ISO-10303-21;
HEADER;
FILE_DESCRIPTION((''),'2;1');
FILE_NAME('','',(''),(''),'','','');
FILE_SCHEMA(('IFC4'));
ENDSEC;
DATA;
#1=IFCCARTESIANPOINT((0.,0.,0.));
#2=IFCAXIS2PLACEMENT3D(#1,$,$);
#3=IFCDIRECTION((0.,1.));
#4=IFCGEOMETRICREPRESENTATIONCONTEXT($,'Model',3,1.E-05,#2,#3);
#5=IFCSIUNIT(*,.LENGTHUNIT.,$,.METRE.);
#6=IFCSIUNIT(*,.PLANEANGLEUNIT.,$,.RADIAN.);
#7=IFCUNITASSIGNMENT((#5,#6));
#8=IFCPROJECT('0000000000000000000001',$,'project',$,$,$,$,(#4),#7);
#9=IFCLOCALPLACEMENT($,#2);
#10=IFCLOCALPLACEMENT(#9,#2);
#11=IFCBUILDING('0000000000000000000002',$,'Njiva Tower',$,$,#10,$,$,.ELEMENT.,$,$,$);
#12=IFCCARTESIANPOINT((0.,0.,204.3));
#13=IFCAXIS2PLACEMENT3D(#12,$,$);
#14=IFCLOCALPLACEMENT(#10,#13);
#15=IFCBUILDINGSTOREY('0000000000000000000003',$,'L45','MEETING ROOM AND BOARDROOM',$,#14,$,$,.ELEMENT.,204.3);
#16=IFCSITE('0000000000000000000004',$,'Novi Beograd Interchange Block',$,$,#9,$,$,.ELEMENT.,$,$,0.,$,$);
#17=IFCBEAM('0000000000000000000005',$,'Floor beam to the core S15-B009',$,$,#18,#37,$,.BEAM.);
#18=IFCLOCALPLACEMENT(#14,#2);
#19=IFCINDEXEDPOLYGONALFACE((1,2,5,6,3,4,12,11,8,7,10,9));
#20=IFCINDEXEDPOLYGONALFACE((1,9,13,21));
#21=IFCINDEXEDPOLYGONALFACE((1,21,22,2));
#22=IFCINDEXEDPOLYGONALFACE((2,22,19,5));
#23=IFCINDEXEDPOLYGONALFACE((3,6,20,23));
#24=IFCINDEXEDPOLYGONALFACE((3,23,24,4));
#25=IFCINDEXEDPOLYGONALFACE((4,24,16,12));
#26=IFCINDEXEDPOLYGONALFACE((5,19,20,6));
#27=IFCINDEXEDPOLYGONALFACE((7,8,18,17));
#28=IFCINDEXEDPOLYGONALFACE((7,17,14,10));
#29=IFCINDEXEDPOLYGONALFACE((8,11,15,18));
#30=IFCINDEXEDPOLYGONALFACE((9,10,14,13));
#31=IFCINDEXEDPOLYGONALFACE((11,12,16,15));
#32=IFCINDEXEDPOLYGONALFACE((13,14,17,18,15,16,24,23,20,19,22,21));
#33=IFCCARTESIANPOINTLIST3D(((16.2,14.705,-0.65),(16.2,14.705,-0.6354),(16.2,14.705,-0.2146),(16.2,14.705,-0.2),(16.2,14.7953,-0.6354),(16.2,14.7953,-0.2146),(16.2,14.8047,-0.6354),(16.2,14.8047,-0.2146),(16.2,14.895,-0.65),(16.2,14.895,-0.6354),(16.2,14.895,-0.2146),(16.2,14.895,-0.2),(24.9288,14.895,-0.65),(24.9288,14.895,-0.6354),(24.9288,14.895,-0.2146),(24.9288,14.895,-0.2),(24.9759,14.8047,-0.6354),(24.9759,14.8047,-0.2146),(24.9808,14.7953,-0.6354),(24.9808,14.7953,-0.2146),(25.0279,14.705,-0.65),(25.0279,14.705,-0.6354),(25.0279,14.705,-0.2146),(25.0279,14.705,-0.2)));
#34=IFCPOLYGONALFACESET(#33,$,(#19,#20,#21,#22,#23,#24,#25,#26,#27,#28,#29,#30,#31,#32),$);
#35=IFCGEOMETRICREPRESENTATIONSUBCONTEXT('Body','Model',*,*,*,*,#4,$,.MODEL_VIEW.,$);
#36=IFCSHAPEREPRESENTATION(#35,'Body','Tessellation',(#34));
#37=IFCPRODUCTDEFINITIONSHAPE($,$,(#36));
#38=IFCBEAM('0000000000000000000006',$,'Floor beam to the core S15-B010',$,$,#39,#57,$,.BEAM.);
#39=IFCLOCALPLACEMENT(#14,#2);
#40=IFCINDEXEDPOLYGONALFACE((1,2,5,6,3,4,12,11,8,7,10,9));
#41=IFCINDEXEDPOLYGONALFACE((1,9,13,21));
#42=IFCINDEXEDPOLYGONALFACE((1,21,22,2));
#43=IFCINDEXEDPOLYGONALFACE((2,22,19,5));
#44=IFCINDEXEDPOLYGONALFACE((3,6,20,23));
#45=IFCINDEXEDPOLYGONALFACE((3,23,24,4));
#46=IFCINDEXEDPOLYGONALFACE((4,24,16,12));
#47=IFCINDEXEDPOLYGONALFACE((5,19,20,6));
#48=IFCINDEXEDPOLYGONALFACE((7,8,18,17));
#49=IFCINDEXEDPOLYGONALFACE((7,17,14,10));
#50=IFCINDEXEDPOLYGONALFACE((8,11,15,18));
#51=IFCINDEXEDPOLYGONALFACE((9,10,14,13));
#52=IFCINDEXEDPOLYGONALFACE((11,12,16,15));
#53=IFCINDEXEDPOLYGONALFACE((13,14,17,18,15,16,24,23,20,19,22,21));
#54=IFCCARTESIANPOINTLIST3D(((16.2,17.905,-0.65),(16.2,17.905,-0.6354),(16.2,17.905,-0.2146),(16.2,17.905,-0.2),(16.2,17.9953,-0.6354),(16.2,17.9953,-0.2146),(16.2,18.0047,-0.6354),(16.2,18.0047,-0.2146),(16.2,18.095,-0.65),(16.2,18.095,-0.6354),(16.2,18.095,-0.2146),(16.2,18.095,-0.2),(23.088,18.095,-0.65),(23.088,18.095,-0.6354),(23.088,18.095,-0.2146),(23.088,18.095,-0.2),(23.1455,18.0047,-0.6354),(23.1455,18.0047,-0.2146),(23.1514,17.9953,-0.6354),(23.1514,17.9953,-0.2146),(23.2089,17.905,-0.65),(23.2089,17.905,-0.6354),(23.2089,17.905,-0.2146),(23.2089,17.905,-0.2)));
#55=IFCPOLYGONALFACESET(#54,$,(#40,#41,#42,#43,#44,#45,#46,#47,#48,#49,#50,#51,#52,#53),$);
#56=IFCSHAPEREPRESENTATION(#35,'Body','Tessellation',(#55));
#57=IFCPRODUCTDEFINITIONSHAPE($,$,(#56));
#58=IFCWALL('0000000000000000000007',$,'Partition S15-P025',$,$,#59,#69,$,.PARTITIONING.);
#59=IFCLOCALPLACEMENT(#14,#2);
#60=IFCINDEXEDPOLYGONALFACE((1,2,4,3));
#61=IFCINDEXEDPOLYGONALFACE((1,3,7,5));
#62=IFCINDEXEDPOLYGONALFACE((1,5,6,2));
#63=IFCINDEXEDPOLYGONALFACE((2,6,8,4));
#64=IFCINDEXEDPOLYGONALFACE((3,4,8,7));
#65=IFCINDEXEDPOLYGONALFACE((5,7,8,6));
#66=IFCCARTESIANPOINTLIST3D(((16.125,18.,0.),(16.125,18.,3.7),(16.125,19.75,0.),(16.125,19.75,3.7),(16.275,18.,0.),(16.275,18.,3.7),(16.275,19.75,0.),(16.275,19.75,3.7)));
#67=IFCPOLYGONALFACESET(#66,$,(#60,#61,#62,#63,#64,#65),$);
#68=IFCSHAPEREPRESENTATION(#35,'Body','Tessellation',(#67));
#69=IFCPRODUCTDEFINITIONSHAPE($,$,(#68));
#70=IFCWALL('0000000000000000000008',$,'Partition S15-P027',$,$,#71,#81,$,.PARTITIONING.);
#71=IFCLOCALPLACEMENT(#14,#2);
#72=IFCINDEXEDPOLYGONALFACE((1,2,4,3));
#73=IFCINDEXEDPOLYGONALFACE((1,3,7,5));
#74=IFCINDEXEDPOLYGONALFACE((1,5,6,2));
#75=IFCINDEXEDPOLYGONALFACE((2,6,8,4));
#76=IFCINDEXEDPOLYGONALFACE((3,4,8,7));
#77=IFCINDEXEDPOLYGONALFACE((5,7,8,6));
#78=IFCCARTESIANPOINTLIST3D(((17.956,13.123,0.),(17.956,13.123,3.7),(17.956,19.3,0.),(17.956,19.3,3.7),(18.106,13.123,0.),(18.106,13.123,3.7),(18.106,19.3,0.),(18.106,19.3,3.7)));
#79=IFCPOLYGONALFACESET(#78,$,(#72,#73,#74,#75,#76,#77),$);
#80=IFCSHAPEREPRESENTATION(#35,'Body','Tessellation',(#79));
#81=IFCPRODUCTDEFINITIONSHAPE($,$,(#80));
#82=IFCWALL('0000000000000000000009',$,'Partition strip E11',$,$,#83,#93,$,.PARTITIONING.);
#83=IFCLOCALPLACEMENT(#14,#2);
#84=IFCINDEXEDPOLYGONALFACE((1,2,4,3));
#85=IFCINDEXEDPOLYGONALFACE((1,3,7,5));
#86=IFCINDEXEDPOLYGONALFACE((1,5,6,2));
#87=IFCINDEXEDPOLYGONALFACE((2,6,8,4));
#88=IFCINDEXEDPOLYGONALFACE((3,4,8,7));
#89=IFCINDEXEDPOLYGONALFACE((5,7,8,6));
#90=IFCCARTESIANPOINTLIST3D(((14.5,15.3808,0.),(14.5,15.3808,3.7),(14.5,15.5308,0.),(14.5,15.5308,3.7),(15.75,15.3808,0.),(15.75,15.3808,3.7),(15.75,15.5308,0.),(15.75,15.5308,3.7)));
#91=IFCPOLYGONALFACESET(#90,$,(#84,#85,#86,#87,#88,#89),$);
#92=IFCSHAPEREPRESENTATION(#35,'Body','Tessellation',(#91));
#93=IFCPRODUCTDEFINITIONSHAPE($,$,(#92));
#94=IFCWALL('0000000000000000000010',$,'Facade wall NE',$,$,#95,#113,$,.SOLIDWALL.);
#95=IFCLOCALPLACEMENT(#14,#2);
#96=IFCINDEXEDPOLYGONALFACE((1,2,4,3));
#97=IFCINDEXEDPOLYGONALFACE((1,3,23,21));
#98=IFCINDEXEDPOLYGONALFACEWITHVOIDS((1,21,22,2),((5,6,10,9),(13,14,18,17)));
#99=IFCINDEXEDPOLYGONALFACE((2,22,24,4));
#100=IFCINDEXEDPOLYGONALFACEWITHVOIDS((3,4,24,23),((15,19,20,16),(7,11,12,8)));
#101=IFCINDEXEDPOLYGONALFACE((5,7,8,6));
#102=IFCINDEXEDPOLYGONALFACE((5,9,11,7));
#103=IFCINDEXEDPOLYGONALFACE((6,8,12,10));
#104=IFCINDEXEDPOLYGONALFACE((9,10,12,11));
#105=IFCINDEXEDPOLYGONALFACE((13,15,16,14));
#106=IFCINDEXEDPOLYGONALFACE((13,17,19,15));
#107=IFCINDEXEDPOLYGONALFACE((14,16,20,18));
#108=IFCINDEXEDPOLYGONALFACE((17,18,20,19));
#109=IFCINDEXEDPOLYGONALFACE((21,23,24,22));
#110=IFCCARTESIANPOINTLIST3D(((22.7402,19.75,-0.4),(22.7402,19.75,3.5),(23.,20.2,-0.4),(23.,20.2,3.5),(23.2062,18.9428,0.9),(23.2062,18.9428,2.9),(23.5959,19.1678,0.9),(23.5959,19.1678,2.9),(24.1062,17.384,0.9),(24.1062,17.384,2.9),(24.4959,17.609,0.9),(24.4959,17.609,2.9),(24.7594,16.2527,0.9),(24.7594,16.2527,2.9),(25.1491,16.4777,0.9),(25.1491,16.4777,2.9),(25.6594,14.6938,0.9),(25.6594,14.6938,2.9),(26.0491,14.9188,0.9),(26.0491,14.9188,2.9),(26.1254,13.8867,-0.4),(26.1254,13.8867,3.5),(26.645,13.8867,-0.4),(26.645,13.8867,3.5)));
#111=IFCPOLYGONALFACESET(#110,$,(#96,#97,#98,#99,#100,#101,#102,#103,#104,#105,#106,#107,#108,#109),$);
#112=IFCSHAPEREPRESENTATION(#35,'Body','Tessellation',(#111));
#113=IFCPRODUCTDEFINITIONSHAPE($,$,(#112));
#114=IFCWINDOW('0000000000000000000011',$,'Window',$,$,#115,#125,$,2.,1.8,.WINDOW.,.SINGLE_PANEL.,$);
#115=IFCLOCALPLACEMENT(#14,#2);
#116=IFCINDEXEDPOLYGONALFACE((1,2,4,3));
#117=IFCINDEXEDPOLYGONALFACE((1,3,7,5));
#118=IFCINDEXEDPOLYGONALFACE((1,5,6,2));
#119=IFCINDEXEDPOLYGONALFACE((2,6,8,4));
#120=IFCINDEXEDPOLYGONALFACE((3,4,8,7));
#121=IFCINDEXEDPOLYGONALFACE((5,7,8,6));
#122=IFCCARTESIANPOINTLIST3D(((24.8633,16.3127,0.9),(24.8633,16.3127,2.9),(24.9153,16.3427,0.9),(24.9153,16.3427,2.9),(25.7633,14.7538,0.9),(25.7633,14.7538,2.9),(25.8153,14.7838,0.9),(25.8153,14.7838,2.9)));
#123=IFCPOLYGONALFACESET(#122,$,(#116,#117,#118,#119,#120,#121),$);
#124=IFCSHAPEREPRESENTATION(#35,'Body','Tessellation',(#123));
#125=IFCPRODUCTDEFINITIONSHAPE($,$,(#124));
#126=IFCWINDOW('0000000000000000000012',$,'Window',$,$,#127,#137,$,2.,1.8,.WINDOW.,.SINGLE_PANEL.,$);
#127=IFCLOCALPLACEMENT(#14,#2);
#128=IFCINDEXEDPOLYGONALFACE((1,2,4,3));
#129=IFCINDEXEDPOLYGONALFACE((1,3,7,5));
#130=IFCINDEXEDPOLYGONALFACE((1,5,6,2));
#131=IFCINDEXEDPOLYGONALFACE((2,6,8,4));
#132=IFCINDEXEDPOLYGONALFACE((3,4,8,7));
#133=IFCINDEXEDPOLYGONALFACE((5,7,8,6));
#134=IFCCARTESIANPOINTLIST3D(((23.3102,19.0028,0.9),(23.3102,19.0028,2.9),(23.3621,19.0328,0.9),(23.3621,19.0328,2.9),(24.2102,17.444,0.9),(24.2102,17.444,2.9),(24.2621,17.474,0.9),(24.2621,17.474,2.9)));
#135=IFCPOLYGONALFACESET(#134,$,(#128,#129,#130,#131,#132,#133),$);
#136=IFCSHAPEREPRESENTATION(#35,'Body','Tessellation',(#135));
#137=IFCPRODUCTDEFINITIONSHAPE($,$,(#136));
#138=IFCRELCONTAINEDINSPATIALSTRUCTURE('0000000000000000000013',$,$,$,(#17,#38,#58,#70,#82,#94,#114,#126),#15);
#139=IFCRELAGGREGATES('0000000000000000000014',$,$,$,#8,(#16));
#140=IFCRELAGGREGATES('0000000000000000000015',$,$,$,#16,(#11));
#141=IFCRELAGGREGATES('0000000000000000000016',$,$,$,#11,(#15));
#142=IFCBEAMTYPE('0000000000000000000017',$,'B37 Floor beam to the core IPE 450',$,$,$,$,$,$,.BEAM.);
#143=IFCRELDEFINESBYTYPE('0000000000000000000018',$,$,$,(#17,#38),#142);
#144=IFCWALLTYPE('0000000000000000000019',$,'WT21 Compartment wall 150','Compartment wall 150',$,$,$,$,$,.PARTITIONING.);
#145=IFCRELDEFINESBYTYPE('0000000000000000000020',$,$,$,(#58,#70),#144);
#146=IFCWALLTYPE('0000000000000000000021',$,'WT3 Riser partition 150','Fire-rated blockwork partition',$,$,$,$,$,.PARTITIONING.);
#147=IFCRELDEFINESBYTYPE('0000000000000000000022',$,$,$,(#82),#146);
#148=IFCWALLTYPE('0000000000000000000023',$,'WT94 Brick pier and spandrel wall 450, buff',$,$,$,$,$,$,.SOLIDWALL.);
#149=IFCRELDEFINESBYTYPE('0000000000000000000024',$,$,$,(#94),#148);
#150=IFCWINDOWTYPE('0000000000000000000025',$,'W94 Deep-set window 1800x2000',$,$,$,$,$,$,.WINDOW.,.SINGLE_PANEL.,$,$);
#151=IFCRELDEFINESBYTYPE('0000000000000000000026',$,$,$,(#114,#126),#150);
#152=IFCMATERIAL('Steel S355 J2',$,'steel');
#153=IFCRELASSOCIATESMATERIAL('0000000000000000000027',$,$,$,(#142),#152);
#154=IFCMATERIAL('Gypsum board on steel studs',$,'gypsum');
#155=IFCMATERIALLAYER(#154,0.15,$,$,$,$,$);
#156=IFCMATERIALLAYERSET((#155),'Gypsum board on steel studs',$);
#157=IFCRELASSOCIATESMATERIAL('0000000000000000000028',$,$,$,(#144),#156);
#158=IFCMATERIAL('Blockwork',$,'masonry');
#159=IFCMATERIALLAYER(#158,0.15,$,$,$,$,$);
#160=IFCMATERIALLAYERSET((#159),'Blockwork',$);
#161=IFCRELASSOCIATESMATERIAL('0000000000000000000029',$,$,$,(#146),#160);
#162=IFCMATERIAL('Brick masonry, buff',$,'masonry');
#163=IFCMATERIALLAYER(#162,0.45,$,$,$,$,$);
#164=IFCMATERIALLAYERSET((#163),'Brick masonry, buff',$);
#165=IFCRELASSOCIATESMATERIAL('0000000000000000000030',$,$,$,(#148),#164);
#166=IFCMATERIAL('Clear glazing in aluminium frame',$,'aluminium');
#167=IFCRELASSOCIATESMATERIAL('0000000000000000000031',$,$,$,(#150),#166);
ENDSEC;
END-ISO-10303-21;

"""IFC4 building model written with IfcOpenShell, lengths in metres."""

from ifc_helpers import new_model, si_unit, direction, frame, frame_2d, origin, origin_2d, place, context, subcontext, project, spatial, polyline, rectangle, i_section, outline, extrude, clip, halfspace, material, layer, layer_set, material_profile, profile_set, type_object, element, fill, save


model = new_model("IFC4")

# Units and contexts
model_context = context("Model", 3, precision=1e-05, world=origin(), true_north=direction((0.0, 1.0)))
body_context = subcontext(model_context, "Body", "Model", "MODEL_VIEW")
ifc_project = project(units=[si_unit("LENGTHUNIT", "METRE"), si_unit("PLANEANGLEUNIT", "RADIAN")], contexts=[model_context])

# Site, building, storey
site_placement = place(None, origin())
site = spatial("IfcSite", under=ifc_project, at=site_placement, Name="Novi Beograd Interchange Block", CompositionType="ELEMENT", RefElevation=0.0)
building_placement = place(site_placement, origin())
building = spatial("IfcBuilding", under=site, at=building_placement, Name="Njiva Tower", CompositionType="ELEMENT")
storey_placement = place(building_placement, frame((0.0, 0.0, 204.3)))
storey = spatial("IfcBuildingStorey", under=building, at=storey_placement, Name="L45", Description="MEETING ROOM AND BOARDROOM", CompositionType="ELEMENT", Elevation=204.3)

# Shared definitions
ifc_material_1 = material(Name="Steel S355 J2", Category="steel")

# Beams
ifc_material_profile_1 = material_profile(ifc_material_1, i_section(OverallWidth=0.19, OverallDepth=0.45, WebThickness=0.0094, FlangeThickness=0.0146, at=origin_2d()), Name="IPE 450")
ifc_profile_set_1 = profile_set([ifc_material_profile_1], Name="Steel S355 J2")
beam_type_1 = type_object("IfcBeamType", Name="B37 Floor beam to the core IPE 450", PredefinedType="BEAM", material=ifc_profile_set_1)
beam_1_placement = place(storey_placement, frame((16.2, 14.8, -0.425), z_axis=(1.0, 0.0, 0.0), x_axis=(0.0, 1.0, 0.0)))
element("IfcBeam", 1, at=beam_1_placement, inside=storey, type_object=beam_type_1, Name="Floor beam to the core S15-B009", PredefinedType="BEAM", context=body_context, shape_type="Clipping", body=[
    clip(extrude(i_section(OverallWidth=0.19, OverallDepth=0.45, WebThickness=0.0094, FlangeThickness=0.0146, at=origin_2d()), origin(), (0.0, 0.0, 1.0), 8.848), halfspace(frame((0.0231, 0.0, 8.7663), z_axis=(0.46246, 0.0, 0.88664), x_axis=(0.0, 1.0, 0.0)), False)),
])
beam_2_placement = place(storey_placement, frame((16.2, 18.0, -0.425), z_axis=(1.0, 0.0, 0.0), x_axis=(0.0, 1.0, 0.0)))
element("IfcBeam", 2, at=beam_2_placement, inside=storey, type_object=beam_type_1, Name="Floor beam to the core S15-B010", PredefinedType="BEAM", context=body_context, shape_type="Clipping", body=[
    clip(extrude(i_section(OverallWidth=0.19, OverallDepth=0.45, WebThickness=0.0094, FlangeThickness=0.0146, at=origin_2d()), origin(), (0.0, 0.0, 1.0), 7.028), halfspace(frame((0.0268, 0.0, 6.9314), z_axis=(0.536617, 0.0, 0.843826), x_axis=(0.0, 1.0, 0.0)), False)),
])

# Walls
ifc_material_2 = material(Name="Gypsum board on steel studs", Category="gypsum")
ifc_layer_1 = layer(ifc_material_2, 0.15)
ifc_layer_set_1 = layer_set([ifc_layer_1], Name="Gypsum board on steel studs")
wall_type_1 = type_object("IfcWallType", Name="WT21 Compartment wall 150", Description="Compartment wall 150", PredefinedType="PARTITIONING", material=ifc_layer_set_1)
wall_1_placement = place(storey_placement, frame((16.2, 18.0, 0.0), z_axis=(0.0, 0.0, 1.0), x_axis=(0.0, 1.0, 0.0)))
element("IfcWall", 3, at=wall_1_placement, inside=storey, type_object=wall_type_1, Name="Partition S15-P025", PredefinedType="PARTITIONING", context=body_context, shape_type="SweptSolid", body=[
    extrude(rectangle(XDim=1.75, YDim=0.15, at=frame_2d((0.875, 0.0))), origin(), (0.0, 0.0, 1.0), 3.7),
])
wall_2_placement = place(storey_placement, frame((18.031, 13.123, 0.0), z_axis=(0.0, 0.0, 1.0), x_axis=(0.0, 1.0, 0.0)))
element("IfcWall", 4, at=wall_2_placement, inside=storey, type_object=wall_type_1, Name="Partition S15-P027", PredefinedType="PARTITIONING", context=body_context, shape_type="SweptSolid", body=[
    extrude(rectangle(XDim=6.177, YDim=0.15, at=frame_2d((3.0885, 0.0))), origin(), (0.0, 0.0, 1.0), 3.7),
])
ifc_material_3 = material(Name="Blockwork", Category="masonry")
ifc_layer_2 = layer(ifc_material_3, 0.15)
ifc_layer_set_2 = layer_set([ifc_layer_2], Name="Blockwork")
wall_type_2 = type_object("IfcWallType", Name="WT3 Riser partition 150", Description="Fire-rated blockwork partition", PredefinedType="PARTITIONING", material=ifc_layer_set_2)
wall_3_placement = place(storey_placement, frame((14.5, 15.4558, 0.0), z_axis=(0.0, 0.0, 1.0), x_axis=(1.0, 0.0, 0.0)))
element("IfcWall", 5, at=wall_3_placement, inside=storey, type_object=wall_type_2, Name="Partition strip E11", PredefinedType="PARTITIONING", context=body_context, shape_type="SweptSolid", body=[
    extrude(rectangle(XDim=1.25, YDim=0.15, at=frame_2d((0.625, 0.0))), origin(), (0.0, 0.0, 1.0), 3.7),
])

# Wall, openings, windows
ifc_material_4 = material(Name="Clear glazing in aluminium frame", Category="aluminium")
ifc_material_5 = material(Name="Brick masonry, buff", Category="masonry")
ifc_layer_3 = layer(ifc_material_5, 0.45)
ifc_layer_set_3 = layer_set([ifc_layer_3], Name="Brick masonry, buff")
wall_type_3 = type_object("IfcWallType", Name="WT94 Brick pier and spandrel wall 450, buff", PredefinedType="SOLIDWALL", material=ifc_layer_set_3)
wall_4_placement = place(storey_placement, frame((26.3852, 13.8867, -0.4), z_axis=(0.0, 0.0, 1.0), x_axis=(-0.500002, 0.866024, 0.0)))
wall_4 = element("IfcWall", 6, at=wall_4_placement, inside=storey, type_object=wall_type_3, Name="Facade wall NE", PredefinedType="SOLIDWALL", context=body_context, shape_type="SweptSolid", body=[
    extrude(outline(polyline([(-0.1299, -0.225), (7.1601, -0.225), (6.9003, 0.225), (0.1299, 0.225), (-0.1299, -0.225)])), origin(), (0.0, 0.0, 1.0), 3.9),
])
opening_1_placement = place(wall_4_placement, frame((1.0619, 0.0, 1.3)))
opening_1 = element("IfcOpeningElement", 7, at=opening_1_placement, cuts=wall_4, PredefinedType="OPENING", context=body_context, shape_type="SweptSolid", body=[
    extrude(rectangle(XDim=1.8, YDim=2.0, at=frame_2d((0.9, 1.0))), frame((0.0, 0.235, 0.0), z_axis=(0.0, -1.0, 0.0), x_axis=(1.0, 0.0, 0.0)), (0.0, 0.0, 1.0), 0.47),
])
opening_2_placement = place(wall_4_placement, frame((4.1682, 0.0, 1.3)))
opening_2 = element("IfcOpeningElement", 8, at=opening_2_placement, cuts=wall_4, PredefinedType="OPENING", context=body_context, shape_type="SweptSolid", body=[
    extrude(rectangle(XDim=1.8, YDim=2.0, at=frame_2d((0.9, 1.0))), frame((0.0, 0.235, 0.0), z_axis=(0.0, -1.0, 0.0), x_axis=(1.0, 0.0, 0.0)), (0.0, 0.0, 1.0), 0.47),
])
window_type_1 = type_object("IfcWindowType", Name="W94 Deep-set window 1800x2000", PartitioningType="SINGLE_PANEL", PredefinedType="WINDOW", material=ifc_material_4)
window_1_placement = place(opening_1_placement, origin())
window_1 = element("IfcWindow", 9, at=window_1_placement, inside=storey, type_object=window_type_1, Name="Window", OverallHeight=2.0, OverallWidth=1.8, PartitioningType="SINGLE_PANEL", PredefinedType="WINDOW", context=body_context, shape_type="SweptSolid", body=[
    extrude(rectangle(XDim=1.8, YDim=2.0, at=frame_2d((0.9, 1.0))), frame((0.0, 0.105, 0.0), z_axis=(0.0, -1.0, 0.0), x_axis=(1.0, 0.0, 0.0)), (0.0, 0.0, 1.0), 0.06),
])
fill(opening_1, window_1)
window_2_placement = place(opening_2_placement, origin())
window_2 = element("IfcWindow", 10, at=window_2_placement, inside=storey, type_object=window_type_1, Name="Window", OverallHeight=2.0, OverallWidth=1.8, PartitioningType="SINGLE_PANEL", PredefinedType="WINDOW", context=body_context, shape_type="SweptSolid", body=[
    extrude(rectangle(XDim=1.8, YDim=2.0, at=frame_2d((0.9, 1.0))), frame((0.0, 0.105, 0.0), z_axis=(0.0, -1.0, 0.0), x_axis=(1.0, 0.0, 0.0)), (0.0, 0.0, 1.0), 0.06),
])
fill(opening_2, window_2)

save(model, "model.ifc")
